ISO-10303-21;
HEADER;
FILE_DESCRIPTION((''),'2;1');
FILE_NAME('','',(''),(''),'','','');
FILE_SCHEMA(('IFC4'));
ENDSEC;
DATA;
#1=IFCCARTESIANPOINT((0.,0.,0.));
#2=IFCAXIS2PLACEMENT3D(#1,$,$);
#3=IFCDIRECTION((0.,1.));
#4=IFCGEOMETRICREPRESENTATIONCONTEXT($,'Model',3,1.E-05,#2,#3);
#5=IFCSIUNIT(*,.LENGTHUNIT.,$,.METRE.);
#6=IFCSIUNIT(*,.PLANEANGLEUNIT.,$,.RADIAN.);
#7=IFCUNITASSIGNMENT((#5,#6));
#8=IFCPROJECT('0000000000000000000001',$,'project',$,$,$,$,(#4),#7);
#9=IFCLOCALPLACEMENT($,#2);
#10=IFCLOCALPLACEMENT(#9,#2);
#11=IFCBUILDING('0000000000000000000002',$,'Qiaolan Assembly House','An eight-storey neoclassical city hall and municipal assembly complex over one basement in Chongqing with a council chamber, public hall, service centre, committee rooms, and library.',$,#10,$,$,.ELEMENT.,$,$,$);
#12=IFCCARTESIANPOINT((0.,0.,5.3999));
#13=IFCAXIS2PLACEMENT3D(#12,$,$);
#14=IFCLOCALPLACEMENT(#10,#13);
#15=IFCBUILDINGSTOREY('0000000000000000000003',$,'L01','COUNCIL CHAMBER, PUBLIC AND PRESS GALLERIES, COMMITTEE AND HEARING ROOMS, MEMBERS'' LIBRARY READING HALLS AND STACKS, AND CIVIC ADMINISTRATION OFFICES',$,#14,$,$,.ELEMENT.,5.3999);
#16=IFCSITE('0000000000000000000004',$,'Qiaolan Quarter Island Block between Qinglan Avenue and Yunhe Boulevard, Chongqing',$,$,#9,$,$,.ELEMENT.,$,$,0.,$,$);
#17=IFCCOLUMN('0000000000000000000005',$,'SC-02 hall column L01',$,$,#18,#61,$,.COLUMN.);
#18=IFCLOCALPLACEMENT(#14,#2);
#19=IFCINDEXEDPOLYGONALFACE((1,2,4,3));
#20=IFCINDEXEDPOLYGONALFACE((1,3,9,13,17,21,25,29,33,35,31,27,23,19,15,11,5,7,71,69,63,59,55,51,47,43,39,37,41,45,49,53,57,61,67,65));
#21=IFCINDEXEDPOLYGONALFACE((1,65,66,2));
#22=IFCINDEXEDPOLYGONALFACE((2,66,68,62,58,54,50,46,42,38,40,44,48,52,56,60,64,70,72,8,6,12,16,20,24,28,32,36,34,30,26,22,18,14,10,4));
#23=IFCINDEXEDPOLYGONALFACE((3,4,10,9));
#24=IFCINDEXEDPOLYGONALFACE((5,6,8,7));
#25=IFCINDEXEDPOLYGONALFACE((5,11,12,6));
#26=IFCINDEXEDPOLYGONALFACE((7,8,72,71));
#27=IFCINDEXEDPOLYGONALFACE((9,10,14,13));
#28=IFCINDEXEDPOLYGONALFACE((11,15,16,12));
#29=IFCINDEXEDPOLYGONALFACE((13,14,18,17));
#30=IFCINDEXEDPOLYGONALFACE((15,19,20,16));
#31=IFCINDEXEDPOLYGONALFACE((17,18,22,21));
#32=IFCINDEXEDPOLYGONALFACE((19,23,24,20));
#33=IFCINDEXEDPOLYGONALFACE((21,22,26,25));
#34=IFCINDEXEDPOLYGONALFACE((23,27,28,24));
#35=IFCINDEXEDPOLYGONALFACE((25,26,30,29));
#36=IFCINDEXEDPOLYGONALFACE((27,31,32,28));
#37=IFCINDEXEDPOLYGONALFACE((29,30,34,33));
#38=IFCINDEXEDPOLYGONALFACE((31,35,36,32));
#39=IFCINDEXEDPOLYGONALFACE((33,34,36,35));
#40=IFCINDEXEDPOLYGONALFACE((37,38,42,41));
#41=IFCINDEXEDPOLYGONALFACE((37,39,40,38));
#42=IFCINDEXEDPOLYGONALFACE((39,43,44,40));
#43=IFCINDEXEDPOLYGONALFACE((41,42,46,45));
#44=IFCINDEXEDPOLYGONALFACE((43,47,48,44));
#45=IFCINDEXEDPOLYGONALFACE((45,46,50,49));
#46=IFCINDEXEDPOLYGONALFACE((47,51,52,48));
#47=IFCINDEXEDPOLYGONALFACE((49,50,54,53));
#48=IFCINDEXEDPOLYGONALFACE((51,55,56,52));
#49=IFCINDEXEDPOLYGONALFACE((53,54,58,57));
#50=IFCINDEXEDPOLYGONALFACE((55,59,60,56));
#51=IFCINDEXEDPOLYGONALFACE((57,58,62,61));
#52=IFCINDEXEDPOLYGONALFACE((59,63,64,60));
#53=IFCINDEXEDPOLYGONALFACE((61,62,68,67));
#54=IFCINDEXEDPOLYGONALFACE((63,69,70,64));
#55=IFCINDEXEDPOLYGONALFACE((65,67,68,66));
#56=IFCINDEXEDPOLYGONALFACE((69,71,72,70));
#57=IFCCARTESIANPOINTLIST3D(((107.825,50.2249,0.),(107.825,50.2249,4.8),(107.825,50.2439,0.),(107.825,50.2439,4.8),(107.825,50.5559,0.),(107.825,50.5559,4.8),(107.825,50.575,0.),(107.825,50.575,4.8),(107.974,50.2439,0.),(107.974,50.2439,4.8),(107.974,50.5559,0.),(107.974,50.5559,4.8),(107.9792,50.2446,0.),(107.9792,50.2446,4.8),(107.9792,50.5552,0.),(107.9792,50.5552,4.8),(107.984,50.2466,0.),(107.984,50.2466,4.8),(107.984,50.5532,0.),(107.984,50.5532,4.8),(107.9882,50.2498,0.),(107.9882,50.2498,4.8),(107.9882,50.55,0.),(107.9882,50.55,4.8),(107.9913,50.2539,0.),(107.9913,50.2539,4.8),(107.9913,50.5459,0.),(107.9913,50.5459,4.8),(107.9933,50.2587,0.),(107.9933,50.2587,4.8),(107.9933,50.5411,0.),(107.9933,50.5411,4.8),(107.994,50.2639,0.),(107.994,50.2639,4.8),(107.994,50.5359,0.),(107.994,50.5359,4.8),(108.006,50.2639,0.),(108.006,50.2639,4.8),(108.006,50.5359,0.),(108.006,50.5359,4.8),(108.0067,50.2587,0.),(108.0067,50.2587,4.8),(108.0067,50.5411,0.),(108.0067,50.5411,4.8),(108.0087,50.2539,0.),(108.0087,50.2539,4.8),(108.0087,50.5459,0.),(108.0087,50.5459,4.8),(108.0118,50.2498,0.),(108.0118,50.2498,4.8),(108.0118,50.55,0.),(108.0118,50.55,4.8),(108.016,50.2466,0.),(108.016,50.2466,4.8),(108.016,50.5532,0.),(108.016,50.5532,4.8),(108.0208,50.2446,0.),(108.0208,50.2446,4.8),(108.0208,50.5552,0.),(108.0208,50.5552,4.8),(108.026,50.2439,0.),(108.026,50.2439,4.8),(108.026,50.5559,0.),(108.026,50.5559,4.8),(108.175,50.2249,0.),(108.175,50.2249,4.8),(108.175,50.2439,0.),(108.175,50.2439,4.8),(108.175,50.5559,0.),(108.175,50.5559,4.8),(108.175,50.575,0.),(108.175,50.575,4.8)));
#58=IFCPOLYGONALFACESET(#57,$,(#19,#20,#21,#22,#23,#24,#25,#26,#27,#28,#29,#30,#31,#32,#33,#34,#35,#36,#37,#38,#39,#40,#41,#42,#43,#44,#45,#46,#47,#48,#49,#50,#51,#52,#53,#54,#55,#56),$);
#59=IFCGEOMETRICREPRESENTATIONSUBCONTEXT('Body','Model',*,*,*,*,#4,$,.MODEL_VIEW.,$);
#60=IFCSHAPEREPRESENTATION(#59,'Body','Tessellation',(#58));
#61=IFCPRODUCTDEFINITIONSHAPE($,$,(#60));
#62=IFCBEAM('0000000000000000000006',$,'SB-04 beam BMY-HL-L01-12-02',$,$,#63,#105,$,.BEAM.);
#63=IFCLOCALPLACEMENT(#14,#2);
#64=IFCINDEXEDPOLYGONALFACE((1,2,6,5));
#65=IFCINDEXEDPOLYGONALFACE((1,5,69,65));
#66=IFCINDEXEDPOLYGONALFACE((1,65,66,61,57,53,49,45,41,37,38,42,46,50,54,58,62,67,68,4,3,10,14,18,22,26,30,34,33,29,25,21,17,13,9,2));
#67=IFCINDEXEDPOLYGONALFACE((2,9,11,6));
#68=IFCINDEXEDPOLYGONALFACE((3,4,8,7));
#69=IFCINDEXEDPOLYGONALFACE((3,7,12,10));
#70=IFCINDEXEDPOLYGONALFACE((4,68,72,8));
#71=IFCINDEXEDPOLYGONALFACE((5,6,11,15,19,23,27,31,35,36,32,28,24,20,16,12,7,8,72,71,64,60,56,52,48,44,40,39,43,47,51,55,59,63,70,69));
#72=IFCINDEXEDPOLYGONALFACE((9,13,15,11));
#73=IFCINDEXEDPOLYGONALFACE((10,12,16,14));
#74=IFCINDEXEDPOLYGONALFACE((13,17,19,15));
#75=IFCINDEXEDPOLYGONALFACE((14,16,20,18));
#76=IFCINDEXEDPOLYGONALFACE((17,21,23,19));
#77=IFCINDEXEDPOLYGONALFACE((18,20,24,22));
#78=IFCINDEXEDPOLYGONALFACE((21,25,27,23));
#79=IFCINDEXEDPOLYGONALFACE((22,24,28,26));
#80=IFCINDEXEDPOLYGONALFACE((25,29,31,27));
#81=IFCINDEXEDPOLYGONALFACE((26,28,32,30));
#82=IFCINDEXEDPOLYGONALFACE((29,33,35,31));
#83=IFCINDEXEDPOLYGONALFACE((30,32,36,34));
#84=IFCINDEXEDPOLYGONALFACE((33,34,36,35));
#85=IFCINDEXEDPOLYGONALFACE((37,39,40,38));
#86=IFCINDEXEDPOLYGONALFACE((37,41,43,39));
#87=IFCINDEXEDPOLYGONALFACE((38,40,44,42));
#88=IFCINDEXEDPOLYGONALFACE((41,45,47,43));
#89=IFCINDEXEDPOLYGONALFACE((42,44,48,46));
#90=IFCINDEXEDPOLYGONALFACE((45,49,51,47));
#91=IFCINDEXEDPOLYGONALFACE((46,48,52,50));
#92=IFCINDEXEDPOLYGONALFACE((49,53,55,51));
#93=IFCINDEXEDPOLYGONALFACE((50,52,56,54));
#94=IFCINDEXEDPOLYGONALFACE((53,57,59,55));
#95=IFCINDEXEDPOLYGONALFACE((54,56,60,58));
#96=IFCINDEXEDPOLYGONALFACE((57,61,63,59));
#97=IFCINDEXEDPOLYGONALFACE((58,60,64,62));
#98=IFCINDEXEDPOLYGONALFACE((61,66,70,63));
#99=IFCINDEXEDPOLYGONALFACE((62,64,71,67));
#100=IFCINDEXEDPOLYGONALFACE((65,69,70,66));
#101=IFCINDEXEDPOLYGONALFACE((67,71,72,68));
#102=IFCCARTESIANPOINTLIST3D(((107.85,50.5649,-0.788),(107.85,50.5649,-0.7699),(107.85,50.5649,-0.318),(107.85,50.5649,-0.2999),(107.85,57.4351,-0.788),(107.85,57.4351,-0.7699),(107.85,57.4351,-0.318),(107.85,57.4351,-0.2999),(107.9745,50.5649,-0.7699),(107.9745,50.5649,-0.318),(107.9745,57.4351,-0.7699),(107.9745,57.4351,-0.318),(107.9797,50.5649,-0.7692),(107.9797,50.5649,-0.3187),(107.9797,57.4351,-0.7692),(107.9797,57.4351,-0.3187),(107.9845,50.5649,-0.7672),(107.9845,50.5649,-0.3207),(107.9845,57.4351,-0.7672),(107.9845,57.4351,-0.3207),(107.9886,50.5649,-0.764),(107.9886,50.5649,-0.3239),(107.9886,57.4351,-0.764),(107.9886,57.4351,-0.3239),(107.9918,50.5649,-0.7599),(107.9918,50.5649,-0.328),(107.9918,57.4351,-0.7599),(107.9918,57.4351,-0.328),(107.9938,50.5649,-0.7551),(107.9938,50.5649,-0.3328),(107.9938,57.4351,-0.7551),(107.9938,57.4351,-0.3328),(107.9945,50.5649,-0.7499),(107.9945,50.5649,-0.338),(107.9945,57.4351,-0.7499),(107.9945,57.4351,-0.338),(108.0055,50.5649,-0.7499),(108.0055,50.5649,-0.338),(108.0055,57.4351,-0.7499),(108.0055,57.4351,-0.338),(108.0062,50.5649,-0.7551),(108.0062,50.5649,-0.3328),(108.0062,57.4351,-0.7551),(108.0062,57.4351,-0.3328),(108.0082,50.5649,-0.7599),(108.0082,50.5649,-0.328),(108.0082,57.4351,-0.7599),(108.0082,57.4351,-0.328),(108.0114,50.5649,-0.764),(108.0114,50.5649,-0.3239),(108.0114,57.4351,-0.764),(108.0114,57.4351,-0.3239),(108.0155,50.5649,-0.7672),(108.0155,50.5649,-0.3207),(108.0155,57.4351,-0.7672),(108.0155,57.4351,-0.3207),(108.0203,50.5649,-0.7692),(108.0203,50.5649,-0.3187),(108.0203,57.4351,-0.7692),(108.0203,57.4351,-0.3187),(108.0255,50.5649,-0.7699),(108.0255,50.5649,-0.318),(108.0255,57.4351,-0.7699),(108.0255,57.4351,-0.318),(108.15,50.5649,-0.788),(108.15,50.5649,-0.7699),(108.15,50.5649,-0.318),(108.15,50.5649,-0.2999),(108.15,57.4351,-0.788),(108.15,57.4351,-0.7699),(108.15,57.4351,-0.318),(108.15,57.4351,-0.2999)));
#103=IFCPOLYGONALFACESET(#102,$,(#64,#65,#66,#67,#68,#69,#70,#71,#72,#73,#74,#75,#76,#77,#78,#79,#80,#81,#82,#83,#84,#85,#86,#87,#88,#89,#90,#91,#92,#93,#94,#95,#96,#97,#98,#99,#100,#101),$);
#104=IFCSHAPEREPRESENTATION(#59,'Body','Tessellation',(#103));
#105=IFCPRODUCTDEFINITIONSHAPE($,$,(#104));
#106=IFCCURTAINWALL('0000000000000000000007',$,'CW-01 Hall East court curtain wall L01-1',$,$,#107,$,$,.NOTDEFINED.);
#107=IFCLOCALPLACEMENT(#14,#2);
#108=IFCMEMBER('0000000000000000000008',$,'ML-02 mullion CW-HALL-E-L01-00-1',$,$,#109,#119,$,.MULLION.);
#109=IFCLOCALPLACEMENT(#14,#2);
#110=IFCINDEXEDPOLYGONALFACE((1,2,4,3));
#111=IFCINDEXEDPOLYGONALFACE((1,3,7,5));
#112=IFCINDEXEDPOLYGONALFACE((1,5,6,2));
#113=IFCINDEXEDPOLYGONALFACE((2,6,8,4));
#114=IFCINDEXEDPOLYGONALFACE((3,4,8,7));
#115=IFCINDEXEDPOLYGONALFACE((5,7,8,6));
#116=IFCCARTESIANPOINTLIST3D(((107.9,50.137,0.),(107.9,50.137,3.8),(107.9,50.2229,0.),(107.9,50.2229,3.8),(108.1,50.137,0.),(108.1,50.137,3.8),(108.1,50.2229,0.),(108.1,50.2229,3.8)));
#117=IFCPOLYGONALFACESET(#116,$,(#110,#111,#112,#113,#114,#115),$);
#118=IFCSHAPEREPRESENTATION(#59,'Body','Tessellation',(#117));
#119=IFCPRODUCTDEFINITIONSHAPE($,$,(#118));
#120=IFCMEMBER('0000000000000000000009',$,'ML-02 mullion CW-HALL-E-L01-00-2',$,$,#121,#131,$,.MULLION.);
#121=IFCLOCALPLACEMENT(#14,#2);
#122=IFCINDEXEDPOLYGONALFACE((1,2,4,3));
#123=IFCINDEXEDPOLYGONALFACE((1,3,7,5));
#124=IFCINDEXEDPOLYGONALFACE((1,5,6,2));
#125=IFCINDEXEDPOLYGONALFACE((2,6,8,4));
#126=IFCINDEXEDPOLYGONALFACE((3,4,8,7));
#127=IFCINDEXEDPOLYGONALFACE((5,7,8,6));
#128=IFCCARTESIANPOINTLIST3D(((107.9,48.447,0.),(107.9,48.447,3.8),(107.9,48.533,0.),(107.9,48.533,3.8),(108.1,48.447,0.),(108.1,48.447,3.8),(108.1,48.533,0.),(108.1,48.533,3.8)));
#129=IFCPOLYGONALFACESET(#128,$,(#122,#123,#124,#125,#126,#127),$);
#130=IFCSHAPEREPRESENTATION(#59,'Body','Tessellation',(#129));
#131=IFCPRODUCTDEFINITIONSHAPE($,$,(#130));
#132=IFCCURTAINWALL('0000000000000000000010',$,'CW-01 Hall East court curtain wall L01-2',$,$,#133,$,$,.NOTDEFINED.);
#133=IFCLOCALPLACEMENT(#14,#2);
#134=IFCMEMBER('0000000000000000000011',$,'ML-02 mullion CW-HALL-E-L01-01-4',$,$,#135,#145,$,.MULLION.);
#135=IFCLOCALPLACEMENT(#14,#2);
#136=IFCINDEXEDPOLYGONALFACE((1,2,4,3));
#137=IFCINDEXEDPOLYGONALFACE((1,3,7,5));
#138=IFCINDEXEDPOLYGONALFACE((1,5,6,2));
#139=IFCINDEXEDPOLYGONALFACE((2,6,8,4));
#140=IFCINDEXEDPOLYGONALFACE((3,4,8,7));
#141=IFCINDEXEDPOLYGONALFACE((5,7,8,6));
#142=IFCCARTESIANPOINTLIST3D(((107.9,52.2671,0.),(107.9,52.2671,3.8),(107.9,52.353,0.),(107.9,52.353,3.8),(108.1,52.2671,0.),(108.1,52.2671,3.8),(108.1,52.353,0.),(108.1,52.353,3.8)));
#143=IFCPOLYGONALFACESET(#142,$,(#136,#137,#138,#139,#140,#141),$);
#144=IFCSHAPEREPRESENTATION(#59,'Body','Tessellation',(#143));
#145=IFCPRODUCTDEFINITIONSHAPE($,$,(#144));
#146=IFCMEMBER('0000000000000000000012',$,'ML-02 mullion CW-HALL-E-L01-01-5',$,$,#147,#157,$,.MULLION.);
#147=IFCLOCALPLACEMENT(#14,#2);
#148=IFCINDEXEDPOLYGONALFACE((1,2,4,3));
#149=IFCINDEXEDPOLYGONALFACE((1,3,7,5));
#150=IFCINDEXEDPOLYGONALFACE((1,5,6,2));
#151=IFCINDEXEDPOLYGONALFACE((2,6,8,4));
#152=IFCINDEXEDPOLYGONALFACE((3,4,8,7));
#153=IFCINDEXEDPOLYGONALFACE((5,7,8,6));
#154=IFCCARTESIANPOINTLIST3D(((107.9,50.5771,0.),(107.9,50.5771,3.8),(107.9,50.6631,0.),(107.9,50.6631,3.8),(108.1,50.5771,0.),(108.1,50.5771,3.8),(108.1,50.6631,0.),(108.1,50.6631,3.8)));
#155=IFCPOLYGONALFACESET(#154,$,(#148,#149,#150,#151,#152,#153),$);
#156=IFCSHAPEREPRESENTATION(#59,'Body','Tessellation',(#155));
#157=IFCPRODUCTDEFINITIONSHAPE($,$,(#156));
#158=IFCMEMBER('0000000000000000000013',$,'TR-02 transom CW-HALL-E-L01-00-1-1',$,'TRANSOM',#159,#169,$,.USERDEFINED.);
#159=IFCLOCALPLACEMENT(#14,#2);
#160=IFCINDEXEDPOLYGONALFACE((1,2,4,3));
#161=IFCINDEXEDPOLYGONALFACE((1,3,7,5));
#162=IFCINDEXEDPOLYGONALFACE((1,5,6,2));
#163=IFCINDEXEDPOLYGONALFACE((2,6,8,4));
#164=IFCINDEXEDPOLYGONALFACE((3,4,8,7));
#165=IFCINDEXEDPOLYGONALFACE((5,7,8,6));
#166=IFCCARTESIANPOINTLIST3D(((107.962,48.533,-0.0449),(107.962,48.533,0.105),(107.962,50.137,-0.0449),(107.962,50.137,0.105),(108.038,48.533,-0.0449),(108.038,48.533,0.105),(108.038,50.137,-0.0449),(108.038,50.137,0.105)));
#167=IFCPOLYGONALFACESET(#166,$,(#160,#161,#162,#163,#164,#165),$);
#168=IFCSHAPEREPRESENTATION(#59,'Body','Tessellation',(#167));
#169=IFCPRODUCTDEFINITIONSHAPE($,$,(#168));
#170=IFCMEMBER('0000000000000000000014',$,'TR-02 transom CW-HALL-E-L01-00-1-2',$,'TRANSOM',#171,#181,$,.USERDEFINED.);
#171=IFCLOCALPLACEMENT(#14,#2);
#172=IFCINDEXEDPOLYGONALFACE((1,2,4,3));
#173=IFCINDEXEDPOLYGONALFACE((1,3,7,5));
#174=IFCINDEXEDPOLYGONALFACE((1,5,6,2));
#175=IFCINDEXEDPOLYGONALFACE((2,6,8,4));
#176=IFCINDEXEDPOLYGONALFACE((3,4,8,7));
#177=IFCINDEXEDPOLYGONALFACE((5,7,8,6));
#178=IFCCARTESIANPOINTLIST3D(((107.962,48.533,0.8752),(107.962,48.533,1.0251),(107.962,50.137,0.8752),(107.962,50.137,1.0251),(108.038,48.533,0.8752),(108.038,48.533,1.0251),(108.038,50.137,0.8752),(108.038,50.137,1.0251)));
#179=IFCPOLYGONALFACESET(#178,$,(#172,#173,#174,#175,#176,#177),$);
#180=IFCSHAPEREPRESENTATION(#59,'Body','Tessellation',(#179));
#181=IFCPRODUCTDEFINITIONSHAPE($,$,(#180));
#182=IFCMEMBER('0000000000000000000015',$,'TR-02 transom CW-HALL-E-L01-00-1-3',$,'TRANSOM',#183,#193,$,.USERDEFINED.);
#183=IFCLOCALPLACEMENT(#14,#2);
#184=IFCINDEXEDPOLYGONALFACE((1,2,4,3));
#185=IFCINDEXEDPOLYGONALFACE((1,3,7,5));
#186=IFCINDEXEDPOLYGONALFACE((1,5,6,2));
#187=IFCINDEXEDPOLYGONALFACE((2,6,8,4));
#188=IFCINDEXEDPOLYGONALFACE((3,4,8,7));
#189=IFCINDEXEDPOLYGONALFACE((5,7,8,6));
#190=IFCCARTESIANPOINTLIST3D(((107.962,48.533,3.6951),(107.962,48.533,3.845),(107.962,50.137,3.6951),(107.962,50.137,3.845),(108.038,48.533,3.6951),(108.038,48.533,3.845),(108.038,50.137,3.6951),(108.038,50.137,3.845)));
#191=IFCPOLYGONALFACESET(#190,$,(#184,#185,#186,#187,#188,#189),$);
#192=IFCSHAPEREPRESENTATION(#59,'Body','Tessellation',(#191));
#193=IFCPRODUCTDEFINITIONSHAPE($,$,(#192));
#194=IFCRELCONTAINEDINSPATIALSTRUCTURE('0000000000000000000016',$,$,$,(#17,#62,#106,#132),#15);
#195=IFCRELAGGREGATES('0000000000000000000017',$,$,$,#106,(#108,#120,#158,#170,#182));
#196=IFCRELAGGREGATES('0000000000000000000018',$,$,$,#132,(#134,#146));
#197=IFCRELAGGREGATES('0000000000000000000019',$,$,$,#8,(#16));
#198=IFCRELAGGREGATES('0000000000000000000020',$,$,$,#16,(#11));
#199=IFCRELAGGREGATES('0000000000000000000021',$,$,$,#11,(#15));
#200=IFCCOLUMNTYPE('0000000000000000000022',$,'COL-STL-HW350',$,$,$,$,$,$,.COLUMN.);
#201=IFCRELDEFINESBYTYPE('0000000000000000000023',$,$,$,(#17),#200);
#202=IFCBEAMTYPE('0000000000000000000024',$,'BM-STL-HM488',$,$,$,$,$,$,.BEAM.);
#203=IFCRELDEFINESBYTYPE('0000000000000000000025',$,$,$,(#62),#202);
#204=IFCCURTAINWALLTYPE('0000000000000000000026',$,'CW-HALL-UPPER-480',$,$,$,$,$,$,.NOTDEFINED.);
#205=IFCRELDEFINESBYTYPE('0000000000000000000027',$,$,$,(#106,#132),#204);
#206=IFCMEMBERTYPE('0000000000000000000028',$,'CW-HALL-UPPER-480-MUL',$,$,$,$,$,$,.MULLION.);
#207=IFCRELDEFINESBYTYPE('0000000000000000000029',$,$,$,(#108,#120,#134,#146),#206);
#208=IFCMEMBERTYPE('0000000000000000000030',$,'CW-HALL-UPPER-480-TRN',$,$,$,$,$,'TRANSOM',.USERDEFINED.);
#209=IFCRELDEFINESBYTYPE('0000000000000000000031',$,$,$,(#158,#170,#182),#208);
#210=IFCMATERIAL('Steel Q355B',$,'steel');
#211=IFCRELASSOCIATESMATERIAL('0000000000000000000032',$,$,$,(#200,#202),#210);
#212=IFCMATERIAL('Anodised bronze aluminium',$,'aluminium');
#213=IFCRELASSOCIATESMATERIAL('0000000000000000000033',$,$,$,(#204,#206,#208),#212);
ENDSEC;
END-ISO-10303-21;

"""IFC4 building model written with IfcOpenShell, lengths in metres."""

from ifc_helpers import new_model, si_unit, direction, frame, origin, origin_2d, place, context, subcontext, project, spatial, rectangle, i_section, extrude, material, material_profile, profile_set, type_object, element, aggregate, save


model = new_model("IFC4")

# Units and contexts
model_context = context("Model", 3, precision=1e-05, world=origin(), true_north=direction((0.0, 1.0)))
body_context = subcontext(model_context, "Body", "Model", "MODEL_VIEW")
ifc_project = project(units=[si_unit("LENGTHUNIT", "METRE"), si_unit("PLANEANGLEUNIT", "RADIAN")], contexts=[model_context])

# Site, building, storey
site_placement = place(None, origin())
site = spatial("IfcSite", under=ifc_project, at=site_placement, Name="Qiaolan Quarter Island Block between Qinglan Avenue and Yunhe Boulevard, Chongqing", CompositionType="ELEMENT", RefElevation=0.0)
building_placement = place(site_placement, origin())
building = spatial("IfcBuilding", under=site, at=building_placement, Name="Qiaolan Assembly House", Description="An eight-storey neoclassical city hall and municipal assembly complex over one basement in Chongqing with a council chamber, public hall, service centre, committee rooms, and library.", CompositionType="ELEMENT")
storey_placement = place(building_placement, frame((0.0, 0.0, 5.3999)))
storey = spatial("IfcBuildingStorey", under=building, at=storey_placement, Name="L01", Description="COUNCIL CHAMBER, PUBLIC AND PRESS GALLERIES, COMMITTEE AND HEARING ROOMS, MEMBERS' LIBRARY READING HALLS AND STACKS, AND CIVIC ADMINISTRATION OFFICES", CompositionType="ELEMENT", Elevation=5.3999)

# Column
ifc_material_1 = material(Name="Steel Q355B", Category="steel")
ifc_material_profile_1 = material_profile(ifc_material_1, i_section(OverallWidth=0.3501, OverallDepth=0.3501, WebThickness=0.012, FlangeThickness=0.019, FilletRadius=0.02, at=origin_2d()), Name="HW 350x350x12x19")
ifc_profile_set_1 = profile_set([ifc_material_profile_1], Name="Steel Q355B")
column_type = type_object("IfcColumnType", Name="COL-STL-HW350", PredefinedType="COLUMN", material=ifc_profile_set_1)
column_placement = place(storey_placement, frame((108.0, 50.3999, 0.0), z_axis=(0.0, 0.0, 1.0), x_axis=(1.0, 0.0, 0.0)))
element("IfcColumn", 1, at=column_placement, inside=storey, type_object=column_type, Name="SC-02 hall column L01", PredefinedType="COLUMN", context=body_context, shape_type="SweptSolid", body=[
    extrude(i_section(OverallWidth=0.3501, OverallDepth=0.3501, WebThickness=0.012, FlangeThickness=0.019, FilletRadius=0.02, at=origin_2d()), origin(), (0.0, 0.0, 1.0), 4.8),
])

# Beam
ifc_material_profile_2 = material_profile(ifc_material_1, i_section(OverallWidth=0.3, OverallDepth=0.488, WebThickness=0.011, FlangeThickness=0.0181, FilletRadius=0.02, at=origin_2d()), Name="HM 488x300x11x18")
ifc_profile_set_2 = profile_set([ifc_material_profile_2], Name="Steel Q355B")
beam_type_1 = type_object("IfcBeamType", Name="BM-STL-HM488", PredefinedType="BEAM", material=ifc_profile_set_2)
beam_placement = place(storey_placement, frame((108.0, 50.5649, -0.5439), z_axis=(0.0, 1.0, 0.0), x_axis=(-1.0, 0.0, 0.0)))
element("IfcBeam", 2, at=beam_placement, inside=storey, type_object=beam_type_1, Name="SB-04 beam BMY-HL-L01-12-02", PredefinedType="BEAM", context=body_context, shape_type="SweptSolid", body=[
    extrude(i_section(OverallWidth=0.3, OverallDepth=0.488, WebThickness=0.011, FlangeThickness=0.0181, FilletRadius=0.02, at=origin_2d()), origin(), (0.0, 0.0, 1.0), 6.8701),
])

# Curtain walls, members
ifc_material_2 = material(Name="Anodised bronze aluminium", Category="aluminium")
curtain_wall_type = type_object("IfcCurtainWallType", Name="CW-HALL-UPPER-480", PredefinedType="NOTDEFINED", material=ifc_material_2)
curtain_wall_1_placement = place(storey_placement, origin())
curtain_wall_1 = element("IfcCurtainWall", 3, at=curtain_wall_1_placement, inside=storey, type_object=curtain_wall_type, Name="CW-01 Hall East court curtain wall L01-1", PredefinedType="NOTDEFINED")
ifc_material_profile_3 = material_profile(ifc_material_2, rectangle(XDim=0.0859, YDim=0.2, at=origin_2d()), Name="MUL 86x200")
ifc_profile_set_3 = profile_set([ifc_material_profile_3], Name="Anodised bronze aluminium")
member_type_1 = type_object("IfcMemberType", Name="CW-HALL-UPPER-480-MUL", PredefinedType="MULLION", material=ifc_profile_set_3)
member_1_placement = place(storey_placement, frame((108.0, 50.1799, 0.0), z_axis=(0.0, 0.0, 1.0), x_axis=(0.0, -1.0, 0.0)))
member_1 = element("IfcMember", 4, at=member_1_placement, type_object=member_type_1, Name="ML-02 mullion CW-HALL-E-L01-00-1", PredefinedType="MULLION", context=body_context, shape_type="SweptSolid", body=[
    extrude(rectangle(XDim=0.0859, YDim=0.2, at=origin_2d()), origin(), (0.0, 0.0, 1.0), 3.8),
])
member_2_placement = place(storey_placement, frame((108.0, 48.49, 0.0), z_axis=(0.0, 0.0, 1.0), x_axis=(0.0, -1.0, 0.0)))
member_2 = element("IfcMember", 5, at=member_2_placement, type_object=member_type_1, Name="ML-02 mullion CW-HALL-E-L01-00-2", PredefinedType="MULLION", context=body_context, shape_type="SweptSolid", body=[
    extrude(rectangle(XDim=0.0859, YDim=0.2, at=origin_2d()), origin(), (0.0, 0.0, 1.0), 3.8),
])
curtain_wall_2_placement = place(storey_placement, origin())
curtain_wall_2 = element("IfcCurtainWall", 6, at=curtain_wall_2_placement, inside=storey, type_object=curtain_wall_type, Name="CW-01 Hall East court curtain wall L01-2", PredefinedType="NOTDEFINED")
member_3_placement = place(storey_placement, frame((108.0, 52.3101, 0.0), z_axis=(0.0, 0.0, 1.0), x_axis=(0.0, -1.0, 0.0)))
member_3 = element("IfcMember", 7, at=member_3_placement, type_object=member_type_1, Name="ML-02 mullion CW-HALL-E-L01-01-4", PredefinedType="MULLION", context=body_context, shape_type="SweptSolid", body=[
    extrude(rectangle(XDim=0.0859, YDim=0.2, at=origin_2d()), origin(), (0.0, 0.0, 1.0), 3.8),
])
member_4_placement = place(storey_placement, frame((108.0, 50.6201, 0.0), z_axis=(0.0, 0.0, 1.0), x_axis=(0.0, -1.0, 0.0)))
member_4 = element("IfcMember", 8, at=member_4_placement, type_object=member_type_1, Name="ML-02 mullion CW-HALL-E-L01-01-5", PredefinedType="MULLION", context=body_context, shape_type="SweptSolid", body=[
    extrude(rectangle(XDim=0.0859, YDim=0.2, at=origin_2d()), origin(), (0.0, 0.0, 1.0), 3.8),
])

# Members
ifc_material_profile_4 = material_profile(ifc_material_2, rectangle(XDim=0.0759, YDim=0.1499, at=origin_2d()), Name="TRN 76x150")
ifc_profile_set_4 = profile_set([ifc_material_profile_4], Name="Anodised bronze aluminium")
member_type_2 = type_object("IfcMemberType", Name="CW-HALL-UPPER-480-TRN", ElementType="TRANSOM", PredefinedType="USERDEFINED", material=ifc_profile_set_4)
member_5_placement = place(storey_placement, frame((108.0, 50.137, 0.03), z_axis=(0.0, -1.0, 0.0), x_axis=(1.0, 0.0, 0.0)))
member_5 = element("IfcMember", 9, at=member_5_placement, type_object=member_type_2, Name="TR-02 transom CW-HALL-E-L01-00-1-1", ObjectType="TRANSOM", PredefinedType="USERDEFINED", context=body_context, shape_type="SweptSolid", body=[
    extrude(rectangle(XDim=0.0759, YDim=0.1499, at=origin_2d()), origin(), (0.0, 0.0, 1.0), 1.604),
])
member_6_placement = place(storey_placement, frame((108.0, 50.137, 0.9502), z_axis=(0.0, -1.0, 0.0), x_axis=(1.0, 0.0, 0.0)))
member_6 = element("IfcMember", 10, at=member_6_placement, type_object=member_type_2, Name="TR-02 transom CW-HALL-E-L01-00-1-2", ObjectType="TRANSOM", PredefinedType="USERDEFINED", context=body_context, shape_type="SweptSolid", body=[
    extrude(rectangle(XDim=0.0759, YDim=0.1499, at=origin_2d()), origin(), (0.0, 0.0, 1.0), 1.604),
])
member_7_placement = place(storey_placement, frame((108.0, 50.137, 3.77), z_axis=(0.0, -1.0, 0.0), x_axis=(1.0, 0.0, 0.0)))
member_7 = element("IfcMember", 11, at=member_7_placement, type_object=member_type_2, Name="TR-02 transom CW-HALL-E-L01-00-1-3", ObjectType="TRANSOM", PredefinedType="USERDEFINED", context=body_context, shape_type="SweptSolid", body=[
    extrude(rectangle(XDim=0.0759, YDim=0.1499, at=origin_2d()), origin(), (0.0, 0.0, 1.0), 1.604),
])

aggregate(curtain_wall_1, [member_1, member_2, member_5, member_6, member_7])
aggregate(curtain_wall_2, [member_3, member_4])

save(model, "model.ifc")
